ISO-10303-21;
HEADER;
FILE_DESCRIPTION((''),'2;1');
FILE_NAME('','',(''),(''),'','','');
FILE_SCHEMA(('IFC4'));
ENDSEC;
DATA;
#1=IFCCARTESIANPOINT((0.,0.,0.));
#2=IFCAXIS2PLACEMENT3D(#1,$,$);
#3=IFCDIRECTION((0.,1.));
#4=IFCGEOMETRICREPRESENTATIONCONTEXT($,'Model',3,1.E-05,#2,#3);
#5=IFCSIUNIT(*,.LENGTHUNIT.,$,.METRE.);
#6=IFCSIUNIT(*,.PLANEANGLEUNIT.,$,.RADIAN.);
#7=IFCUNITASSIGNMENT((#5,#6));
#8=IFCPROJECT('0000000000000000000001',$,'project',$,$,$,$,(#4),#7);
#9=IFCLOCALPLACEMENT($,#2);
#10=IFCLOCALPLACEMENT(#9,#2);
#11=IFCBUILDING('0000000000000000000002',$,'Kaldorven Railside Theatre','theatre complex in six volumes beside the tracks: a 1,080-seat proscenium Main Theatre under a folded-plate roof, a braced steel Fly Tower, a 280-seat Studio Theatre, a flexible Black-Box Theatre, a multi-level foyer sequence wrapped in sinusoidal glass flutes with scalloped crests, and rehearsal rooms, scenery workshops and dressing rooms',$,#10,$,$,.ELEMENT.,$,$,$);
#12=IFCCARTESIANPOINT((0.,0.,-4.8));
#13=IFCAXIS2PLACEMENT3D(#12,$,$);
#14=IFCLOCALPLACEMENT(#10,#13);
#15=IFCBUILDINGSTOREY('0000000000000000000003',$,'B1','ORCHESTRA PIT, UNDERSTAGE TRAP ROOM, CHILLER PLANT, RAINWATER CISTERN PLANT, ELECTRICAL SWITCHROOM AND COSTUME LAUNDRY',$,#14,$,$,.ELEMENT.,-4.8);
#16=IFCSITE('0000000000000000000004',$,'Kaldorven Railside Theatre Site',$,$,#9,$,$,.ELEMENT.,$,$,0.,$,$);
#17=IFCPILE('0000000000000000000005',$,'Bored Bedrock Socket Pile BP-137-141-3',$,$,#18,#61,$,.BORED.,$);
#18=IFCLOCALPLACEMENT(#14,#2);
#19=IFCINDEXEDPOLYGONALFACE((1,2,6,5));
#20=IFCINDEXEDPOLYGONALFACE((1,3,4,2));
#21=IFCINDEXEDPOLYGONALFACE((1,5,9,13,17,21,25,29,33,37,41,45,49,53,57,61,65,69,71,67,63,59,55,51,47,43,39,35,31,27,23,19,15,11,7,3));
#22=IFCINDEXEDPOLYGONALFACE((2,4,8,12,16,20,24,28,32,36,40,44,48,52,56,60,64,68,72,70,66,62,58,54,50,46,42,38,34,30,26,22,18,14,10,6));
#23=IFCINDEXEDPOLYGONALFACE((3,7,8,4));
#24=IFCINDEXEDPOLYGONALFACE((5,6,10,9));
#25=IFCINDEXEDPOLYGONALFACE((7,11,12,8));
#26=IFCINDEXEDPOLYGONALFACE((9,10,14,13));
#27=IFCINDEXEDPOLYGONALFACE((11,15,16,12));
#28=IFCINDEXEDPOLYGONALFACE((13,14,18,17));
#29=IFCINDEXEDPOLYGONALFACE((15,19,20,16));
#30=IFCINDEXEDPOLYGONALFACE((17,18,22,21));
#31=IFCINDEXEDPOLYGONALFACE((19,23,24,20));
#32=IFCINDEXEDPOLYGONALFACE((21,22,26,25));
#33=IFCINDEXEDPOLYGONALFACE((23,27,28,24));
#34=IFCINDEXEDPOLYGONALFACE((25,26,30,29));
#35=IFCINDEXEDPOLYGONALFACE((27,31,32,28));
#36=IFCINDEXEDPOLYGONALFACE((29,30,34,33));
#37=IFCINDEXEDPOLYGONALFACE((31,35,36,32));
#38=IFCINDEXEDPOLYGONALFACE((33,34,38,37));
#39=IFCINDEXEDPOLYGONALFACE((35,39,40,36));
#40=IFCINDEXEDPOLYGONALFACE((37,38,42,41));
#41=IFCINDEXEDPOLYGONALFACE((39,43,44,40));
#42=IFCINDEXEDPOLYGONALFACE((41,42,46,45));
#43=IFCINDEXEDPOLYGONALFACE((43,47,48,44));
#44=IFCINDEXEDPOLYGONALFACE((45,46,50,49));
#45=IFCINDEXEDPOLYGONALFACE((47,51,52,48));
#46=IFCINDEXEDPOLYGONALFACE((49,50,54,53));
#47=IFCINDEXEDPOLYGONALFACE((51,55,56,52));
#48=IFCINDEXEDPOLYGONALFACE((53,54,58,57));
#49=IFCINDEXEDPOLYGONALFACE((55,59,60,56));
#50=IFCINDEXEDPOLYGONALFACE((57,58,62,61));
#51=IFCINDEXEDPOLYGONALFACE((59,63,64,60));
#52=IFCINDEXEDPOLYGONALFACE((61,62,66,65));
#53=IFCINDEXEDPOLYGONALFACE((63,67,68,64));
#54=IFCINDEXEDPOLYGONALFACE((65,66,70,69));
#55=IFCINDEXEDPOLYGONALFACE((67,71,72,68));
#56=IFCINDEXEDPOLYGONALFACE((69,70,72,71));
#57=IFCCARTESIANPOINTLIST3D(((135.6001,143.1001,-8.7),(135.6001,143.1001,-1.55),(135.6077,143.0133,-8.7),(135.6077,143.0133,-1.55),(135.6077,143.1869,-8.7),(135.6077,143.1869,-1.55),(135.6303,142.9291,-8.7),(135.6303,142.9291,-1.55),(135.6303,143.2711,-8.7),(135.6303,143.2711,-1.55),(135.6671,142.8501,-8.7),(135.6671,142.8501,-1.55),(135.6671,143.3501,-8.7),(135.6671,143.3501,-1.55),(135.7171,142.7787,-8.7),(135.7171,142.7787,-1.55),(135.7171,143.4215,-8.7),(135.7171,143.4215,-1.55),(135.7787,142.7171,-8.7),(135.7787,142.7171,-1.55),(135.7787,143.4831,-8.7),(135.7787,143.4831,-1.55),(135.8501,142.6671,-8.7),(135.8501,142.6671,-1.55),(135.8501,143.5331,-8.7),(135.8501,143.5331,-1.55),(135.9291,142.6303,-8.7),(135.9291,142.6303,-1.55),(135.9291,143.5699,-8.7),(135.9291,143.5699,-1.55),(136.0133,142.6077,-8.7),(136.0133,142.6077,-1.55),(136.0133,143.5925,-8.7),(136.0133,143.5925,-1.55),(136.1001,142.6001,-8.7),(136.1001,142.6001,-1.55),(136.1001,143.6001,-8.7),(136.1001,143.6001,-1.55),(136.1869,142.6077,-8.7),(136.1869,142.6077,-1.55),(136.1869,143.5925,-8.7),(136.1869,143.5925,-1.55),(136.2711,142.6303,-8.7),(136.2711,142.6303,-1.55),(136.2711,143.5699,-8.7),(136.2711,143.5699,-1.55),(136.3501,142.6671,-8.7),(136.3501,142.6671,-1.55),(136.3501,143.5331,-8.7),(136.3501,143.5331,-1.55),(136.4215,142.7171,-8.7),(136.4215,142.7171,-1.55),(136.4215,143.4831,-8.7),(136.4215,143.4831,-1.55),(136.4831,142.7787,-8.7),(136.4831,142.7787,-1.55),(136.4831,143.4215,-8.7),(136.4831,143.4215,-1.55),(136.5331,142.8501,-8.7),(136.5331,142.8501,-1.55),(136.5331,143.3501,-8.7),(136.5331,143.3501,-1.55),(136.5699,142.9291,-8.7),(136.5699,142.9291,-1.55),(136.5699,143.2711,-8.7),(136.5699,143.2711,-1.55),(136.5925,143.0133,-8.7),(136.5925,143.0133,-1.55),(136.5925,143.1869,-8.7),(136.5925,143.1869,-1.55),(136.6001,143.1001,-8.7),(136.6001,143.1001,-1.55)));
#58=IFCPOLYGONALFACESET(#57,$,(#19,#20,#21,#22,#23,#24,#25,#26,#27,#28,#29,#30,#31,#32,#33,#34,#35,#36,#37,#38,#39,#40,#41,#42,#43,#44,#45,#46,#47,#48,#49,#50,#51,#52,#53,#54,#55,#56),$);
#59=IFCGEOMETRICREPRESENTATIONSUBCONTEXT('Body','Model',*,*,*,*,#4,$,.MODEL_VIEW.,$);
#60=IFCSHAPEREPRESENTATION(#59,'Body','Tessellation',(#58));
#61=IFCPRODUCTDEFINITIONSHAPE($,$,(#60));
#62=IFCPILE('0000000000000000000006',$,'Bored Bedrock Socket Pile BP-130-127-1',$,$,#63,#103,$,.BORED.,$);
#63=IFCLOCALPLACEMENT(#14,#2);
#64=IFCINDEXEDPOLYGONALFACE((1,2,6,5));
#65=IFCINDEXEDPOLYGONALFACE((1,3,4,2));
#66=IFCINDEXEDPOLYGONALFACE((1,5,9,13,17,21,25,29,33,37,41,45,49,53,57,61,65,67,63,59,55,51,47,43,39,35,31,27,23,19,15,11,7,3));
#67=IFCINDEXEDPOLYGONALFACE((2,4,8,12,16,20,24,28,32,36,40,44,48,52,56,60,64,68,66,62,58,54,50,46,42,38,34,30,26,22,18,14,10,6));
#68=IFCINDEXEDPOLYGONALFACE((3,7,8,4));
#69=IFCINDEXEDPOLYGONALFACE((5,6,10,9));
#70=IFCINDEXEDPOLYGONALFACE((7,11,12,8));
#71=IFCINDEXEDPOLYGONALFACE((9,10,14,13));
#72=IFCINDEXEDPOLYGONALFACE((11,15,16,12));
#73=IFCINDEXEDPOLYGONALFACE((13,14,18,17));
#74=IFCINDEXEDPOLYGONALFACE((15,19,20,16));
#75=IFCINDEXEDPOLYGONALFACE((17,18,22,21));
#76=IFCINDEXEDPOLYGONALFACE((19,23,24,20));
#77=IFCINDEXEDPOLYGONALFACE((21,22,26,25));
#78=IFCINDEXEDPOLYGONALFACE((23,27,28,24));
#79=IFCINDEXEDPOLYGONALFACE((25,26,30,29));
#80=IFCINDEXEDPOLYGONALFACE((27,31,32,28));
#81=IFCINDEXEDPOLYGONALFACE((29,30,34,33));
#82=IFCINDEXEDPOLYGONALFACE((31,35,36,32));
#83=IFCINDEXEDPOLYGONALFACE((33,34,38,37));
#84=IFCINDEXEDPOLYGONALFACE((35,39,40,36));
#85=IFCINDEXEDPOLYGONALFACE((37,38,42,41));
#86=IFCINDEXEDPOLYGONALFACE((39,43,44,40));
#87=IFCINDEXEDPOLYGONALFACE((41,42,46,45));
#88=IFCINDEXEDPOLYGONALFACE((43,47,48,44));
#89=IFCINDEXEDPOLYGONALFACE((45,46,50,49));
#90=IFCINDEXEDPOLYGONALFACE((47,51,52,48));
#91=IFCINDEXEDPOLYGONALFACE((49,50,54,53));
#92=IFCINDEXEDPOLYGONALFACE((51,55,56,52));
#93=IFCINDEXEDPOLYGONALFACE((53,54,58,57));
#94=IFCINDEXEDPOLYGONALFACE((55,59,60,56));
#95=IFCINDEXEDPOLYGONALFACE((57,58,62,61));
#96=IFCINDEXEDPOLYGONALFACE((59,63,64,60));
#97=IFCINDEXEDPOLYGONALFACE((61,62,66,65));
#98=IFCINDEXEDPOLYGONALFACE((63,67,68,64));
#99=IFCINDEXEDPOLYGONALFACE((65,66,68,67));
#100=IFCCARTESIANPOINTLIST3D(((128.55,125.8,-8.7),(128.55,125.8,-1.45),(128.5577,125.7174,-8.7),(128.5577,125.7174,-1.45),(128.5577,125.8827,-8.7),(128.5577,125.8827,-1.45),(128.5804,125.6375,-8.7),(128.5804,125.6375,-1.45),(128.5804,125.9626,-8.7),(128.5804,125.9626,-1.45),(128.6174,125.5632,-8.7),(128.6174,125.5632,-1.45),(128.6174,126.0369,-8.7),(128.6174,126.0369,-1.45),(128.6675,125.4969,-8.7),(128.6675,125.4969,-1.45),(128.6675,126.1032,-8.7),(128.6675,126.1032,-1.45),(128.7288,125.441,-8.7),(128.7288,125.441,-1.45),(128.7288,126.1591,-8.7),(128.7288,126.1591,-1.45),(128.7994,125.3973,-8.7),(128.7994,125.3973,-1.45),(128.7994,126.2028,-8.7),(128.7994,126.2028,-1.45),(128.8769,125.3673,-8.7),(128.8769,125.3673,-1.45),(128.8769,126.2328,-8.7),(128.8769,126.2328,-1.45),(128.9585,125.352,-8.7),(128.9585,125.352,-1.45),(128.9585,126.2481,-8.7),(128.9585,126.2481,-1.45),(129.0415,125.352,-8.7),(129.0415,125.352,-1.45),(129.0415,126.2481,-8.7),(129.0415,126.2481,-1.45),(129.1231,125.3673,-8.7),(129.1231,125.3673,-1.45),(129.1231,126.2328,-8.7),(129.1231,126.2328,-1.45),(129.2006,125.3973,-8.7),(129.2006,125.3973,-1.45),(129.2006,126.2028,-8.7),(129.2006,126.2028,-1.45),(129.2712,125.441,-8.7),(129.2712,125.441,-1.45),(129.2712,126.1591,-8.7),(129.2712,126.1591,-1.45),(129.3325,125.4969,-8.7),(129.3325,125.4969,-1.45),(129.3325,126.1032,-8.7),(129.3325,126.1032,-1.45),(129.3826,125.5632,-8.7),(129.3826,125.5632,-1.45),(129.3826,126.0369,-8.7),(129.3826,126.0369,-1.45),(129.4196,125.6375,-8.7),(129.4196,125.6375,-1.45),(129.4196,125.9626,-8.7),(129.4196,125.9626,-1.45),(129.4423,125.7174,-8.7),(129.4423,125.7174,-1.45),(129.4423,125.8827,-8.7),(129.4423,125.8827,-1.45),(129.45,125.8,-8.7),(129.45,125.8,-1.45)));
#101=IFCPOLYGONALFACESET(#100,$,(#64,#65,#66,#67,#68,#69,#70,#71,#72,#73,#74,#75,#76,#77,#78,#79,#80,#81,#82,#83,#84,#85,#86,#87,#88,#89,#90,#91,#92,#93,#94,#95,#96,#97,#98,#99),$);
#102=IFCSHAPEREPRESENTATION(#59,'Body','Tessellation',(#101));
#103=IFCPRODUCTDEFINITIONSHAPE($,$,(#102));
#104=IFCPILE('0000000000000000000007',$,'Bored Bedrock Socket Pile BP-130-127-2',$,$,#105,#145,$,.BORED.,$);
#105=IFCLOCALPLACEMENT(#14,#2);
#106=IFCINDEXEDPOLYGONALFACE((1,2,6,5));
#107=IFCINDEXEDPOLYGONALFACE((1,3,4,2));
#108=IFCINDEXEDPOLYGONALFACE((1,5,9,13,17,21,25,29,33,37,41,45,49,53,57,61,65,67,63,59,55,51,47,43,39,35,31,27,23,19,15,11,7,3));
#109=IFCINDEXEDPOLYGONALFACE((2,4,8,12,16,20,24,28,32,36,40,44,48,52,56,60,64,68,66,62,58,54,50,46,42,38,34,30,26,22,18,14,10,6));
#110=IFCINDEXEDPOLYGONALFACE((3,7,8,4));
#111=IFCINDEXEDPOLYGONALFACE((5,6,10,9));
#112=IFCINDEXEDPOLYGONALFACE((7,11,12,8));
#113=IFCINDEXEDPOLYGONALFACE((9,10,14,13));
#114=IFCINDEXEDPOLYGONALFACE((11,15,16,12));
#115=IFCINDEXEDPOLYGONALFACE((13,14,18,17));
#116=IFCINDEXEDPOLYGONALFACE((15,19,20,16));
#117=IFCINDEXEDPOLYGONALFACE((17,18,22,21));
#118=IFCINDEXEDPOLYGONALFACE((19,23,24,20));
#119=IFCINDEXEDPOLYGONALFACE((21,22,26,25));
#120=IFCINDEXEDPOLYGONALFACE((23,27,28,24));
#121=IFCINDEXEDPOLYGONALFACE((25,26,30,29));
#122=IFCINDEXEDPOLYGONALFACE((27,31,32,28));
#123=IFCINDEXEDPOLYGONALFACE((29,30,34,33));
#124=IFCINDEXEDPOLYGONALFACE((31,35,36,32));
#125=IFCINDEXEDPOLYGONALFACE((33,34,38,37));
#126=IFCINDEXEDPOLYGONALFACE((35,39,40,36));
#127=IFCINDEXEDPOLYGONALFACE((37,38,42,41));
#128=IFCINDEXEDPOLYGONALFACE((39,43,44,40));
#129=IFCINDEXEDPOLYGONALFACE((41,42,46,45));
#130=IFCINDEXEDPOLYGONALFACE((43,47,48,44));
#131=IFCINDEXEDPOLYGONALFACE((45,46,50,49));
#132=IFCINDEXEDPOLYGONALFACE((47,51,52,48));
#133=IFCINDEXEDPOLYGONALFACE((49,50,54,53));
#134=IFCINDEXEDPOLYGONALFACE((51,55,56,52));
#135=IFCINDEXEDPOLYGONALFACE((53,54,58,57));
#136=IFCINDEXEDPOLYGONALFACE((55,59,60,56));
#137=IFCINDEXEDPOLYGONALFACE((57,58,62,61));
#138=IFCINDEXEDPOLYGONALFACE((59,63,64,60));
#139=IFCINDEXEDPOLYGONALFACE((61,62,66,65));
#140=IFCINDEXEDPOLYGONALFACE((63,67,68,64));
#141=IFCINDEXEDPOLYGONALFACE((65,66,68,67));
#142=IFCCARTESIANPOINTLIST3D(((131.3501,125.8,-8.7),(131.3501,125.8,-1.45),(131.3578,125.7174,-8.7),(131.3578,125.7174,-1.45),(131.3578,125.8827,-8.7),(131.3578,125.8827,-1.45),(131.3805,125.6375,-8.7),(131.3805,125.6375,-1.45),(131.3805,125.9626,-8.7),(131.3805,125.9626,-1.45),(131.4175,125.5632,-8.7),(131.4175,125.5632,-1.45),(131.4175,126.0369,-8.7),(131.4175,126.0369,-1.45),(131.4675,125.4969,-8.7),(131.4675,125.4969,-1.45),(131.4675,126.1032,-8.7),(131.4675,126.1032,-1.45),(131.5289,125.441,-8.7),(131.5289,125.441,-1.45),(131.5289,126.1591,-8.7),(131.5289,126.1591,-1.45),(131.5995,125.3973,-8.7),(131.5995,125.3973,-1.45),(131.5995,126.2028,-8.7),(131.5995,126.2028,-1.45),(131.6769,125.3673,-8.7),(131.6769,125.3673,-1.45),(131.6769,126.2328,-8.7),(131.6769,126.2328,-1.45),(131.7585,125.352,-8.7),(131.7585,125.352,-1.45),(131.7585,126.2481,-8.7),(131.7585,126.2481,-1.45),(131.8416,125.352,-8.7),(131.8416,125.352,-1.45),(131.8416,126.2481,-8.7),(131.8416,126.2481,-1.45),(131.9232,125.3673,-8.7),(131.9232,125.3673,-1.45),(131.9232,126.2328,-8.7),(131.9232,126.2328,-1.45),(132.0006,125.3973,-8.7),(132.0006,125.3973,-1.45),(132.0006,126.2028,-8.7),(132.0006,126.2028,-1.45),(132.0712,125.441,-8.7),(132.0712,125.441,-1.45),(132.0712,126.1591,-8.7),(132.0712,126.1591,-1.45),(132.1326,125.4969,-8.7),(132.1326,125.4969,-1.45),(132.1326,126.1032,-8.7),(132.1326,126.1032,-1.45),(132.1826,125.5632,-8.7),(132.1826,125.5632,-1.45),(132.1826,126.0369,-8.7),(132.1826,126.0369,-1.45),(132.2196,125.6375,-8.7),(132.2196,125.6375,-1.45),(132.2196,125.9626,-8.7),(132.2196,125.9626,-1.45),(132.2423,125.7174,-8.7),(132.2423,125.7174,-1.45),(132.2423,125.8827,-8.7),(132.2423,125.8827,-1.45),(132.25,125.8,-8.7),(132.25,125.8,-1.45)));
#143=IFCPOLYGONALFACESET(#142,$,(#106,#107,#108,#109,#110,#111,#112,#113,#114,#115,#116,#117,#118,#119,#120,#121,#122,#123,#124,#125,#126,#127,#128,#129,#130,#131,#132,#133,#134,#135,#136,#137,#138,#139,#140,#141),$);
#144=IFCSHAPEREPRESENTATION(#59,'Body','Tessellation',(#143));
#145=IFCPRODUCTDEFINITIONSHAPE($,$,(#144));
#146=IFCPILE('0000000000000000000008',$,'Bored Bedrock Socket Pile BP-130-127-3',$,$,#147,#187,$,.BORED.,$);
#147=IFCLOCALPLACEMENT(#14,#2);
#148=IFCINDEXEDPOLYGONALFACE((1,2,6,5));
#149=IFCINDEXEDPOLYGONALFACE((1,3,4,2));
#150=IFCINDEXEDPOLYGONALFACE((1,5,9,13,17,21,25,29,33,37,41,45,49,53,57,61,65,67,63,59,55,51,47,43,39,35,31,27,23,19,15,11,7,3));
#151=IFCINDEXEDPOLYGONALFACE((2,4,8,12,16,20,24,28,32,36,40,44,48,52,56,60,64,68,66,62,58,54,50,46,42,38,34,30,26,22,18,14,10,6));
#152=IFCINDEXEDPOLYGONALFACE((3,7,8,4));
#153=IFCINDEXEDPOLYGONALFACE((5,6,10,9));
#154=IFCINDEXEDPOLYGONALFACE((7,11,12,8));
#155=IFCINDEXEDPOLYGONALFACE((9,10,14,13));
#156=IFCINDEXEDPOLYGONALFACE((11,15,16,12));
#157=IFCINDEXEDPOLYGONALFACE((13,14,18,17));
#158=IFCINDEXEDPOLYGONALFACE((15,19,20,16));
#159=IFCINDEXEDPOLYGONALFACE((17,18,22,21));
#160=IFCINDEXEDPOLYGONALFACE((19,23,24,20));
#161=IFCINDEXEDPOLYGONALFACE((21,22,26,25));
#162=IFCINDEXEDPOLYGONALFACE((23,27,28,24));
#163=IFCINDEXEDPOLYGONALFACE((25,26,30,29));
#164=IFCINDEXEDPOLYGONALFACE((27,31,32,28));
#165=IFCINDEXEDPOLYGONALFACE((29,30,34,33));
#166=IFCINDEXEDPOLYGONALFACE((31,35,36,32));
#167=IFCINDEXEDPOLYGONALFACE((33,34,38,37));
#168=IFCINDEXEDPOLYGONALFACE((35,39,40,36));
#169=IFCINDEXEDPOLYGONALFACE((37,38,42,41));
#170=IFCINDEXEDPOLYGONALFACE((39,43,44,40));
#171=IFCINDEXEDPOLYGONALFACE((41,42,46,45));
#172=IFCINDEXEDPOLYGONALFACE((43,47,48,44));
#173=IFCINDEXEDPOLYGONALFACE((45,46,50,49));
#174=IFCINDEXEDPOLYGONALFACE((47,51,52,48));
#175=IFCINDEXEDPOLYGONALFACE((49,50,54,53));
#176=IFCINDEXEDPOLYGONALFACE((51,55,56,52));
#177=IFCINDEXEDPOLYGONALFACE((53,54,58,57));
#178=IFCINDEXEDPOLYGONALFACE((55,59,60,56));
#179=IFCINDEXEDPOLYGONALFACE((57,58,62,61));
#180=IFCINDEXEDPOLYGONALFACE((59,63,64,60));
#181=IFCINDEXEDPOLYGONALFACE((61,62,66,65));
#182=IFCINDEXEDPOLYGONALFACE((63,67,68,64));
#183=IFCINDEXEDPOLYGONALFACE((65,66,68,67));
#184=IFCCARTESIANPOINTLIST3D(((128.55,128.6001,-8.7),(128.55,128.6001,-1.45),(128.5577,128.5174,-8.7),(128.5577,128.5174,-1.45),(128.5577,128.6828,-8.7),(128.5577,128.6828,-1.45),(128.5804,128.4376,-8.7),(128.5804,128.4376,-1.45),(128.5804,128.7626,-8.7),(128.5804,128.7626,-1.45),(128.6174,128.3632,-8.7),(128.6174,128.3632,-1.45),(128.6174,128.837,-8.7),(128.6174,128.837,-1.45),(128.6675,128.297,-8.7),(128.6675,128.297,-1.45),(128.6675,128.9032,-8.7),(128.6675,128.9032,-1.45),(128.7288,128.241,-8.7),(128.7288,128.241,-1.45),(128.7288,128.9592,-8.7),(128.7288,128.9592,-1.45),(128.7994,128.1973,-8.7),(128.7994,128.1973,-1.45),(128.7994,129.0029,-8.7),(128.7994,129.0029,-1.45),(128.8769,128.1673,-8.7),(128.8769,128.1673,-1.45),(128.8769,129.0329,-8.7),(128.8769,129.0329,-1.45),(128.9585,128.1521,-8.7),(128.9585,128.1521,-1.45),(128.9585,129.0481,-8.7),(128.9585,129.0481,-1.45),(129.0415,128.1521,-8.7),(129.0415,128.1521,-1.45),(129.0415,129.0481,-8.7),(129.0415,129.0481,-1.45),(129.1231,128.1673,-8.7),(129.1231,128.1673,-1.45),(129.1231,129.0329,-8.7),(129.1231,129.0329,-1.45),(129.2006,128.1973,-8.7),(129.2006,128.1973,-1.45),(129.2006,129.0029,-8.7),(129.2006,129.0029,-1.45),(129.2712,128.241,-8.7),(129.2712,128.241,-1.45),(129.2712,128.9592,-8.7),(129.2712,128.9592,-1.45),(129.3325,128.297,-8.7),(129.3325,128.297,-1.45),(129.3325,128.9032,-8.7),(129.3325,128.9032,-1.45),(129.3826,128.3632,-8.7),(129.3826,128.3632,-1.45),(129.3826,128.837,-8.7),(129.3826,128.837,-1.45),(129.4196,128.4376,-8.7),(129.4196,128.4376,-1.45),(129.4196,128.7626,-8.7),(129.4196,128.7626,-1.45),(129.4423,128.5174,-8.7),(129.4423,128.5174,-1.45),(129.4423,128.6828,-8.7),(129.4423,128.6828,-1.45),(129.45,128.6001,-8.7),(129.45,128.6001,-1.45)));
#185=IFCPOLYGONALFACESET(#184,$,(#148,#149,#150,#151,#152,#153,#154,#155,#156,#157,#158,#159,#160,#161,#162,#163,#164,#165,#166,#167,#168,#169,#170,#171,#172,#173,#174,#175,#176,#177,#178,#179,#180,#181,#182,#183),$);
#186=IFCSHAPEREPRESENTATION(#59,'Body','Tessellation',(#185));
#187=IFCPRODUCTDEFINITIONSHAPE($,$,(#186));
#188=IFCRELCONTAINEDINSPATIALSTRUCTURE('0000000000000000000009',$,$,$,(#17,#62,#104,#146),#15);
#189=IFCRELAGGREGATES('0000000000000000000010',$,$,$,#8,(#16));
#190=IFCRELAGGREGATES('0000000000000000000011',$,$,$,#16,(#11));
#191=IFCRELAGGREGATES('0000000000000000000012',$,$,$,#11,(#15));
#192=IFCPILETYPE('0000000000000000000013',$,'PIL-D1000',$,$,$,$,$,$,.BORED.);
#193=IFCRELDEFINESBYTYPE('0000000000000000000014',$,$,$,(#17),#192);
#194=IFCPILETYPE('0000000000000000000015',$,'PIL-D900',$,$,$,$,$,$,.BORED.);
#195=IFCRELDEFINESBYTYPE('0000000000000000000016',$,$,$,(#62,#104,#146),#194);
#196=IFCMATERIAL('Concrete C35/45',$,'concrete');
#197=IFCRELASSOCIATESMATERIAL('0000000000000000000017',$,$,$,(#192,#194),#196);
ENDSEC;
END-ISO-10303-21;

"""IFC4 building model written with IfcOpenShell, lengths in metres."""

from ifc_helpers import new_model, si_unit, direction, frame, origin, origin_2d, place, context, subcontext, project, spatial, circle, extrude, material, material_profile, profile_set, type_object, element, save


model = new_model("IFC4")

# Units and contexts
model_context = context("Model", 3, precision=1e-05, world=origin(), true_north=direction((0.0, 1.0)))
body_context = subcontext(model_context, "Body", "Model", "MODEL_VIEW")
ifc_project = project(units=[si_unit("LENGTHUNIT", "METRE"), si_unit("PLANEANGLEUNIT", "RADIAN")], contexts=[model_context])

# Site, building, storey
site_placement = place(None, origin())
site = spatial("IfcSite", under=ifc_project, at=site_placement, Name="Kaldorven Railside Theatre Site", CompositionType="ELEMENT", RefElevation=0.0)
building_placement = place(site_placement, origin())
building = spatial("IfcBuilding", under=site, at=building_placement, Name="Kaldorven Railside Theatre", Description="theatre complex in six volumes beside the tracks: a 1,080-seat proscenium Main Theatre under a folded-plate roof, a braced steel Fly Tower, a 280-seat Studio Theatre, a flexible Black-Box Theatre, a multi-level foyer sequence wrapped in sinusoidal glass flutes with scalloped crests, and rehearsal rooms, scenery workshops and dressing rooms", CompositionType="ELEMENT")
storey_placement = place(building_placement, frame((0.0, 0.0, -4.8)))
storey = spatial("IfcBuildingStorey", under=building, at=storey_placement, Name="B1", Description="ORCHESTRA PIT, UNDERSTAGE TRAP ROOM, CHILLER PLANT, RAINWATER CISTERN PLANT, ELECTRICAL SWITCHROOM AND COSTUME LAUNDRY", CompositionType="ELEMENT", Elevation=-4.8)

# Piles
ifc_material_1 = material(Name="Concrete C35/45", Category="concrete")
ifc_material_profile_1 = material_profile(ifc_material_1, circle(Radius=0.5, at=origin_2d()), Name="BP D1000")
ifc_profile_set_1 = profile_set([ifc_material_profile_1], Name="Concrete C35/45")
pile_type_1 = type_object("IfcPileType", Name="PIL-D1000", PredefinedType="BORED", material=ifc_profile_set_1)
for number, where, z_axis, x_axis, name in (
    (1, (136.1001, 143.1001, -1.55), (0.0, 0.0, -1.0), (1.0, 0.0, 0.0), "Bored Bedrock Socket Pile BP-137-141-3"),
):
    element("IfcPile", number, at=place(storey_placement, frame(where, z_axis=z_axis, x_axis=x_axis)), inside=storey, type_object=pile_type_1, Name=name, PredefinedType="BORED", context=body_context, shape_type="SweptSolid", body=[
        extrude(circle(Radius=0.5, at=origin_2d()), origin(), (0.0, 0.0, 1.0), 7.1499),
    ])
ifc_material_profile_2 = material_profile(ifc_material_1, circle(Radius=0.45, at=origin_2d()), Name="BP D900")
ifc_profile_set_2 = profile_set([ifc_material_profile_2], Name="Concrete C35/45")
pile_type_2 = type_object("IfcPileType", Name="PIL-D900", PredefinedType="BORED", material=ifc_profile_set_2)
for number, where, z_axis, x_axis, name in (
    (2, (129.0, 125.8, -1.45), (0.0, 0.0, -1.0), (1.0, 0.0, 0.0), "Bored Bedrock Socket Pile BP-130-127-1"),
    (3, (131.8, 125.8, -1.45), (0.0, 0.0, -1.0), (1.0, 0.0, 0.0), "Bored Bedrock Socket Pile BP-130-127-2"),
    (4, (129.0, 128.6001, -1.45), (0.0, 0.0, -1.0), (1.0, 0.0, 0.0), "Bored Bedrock Socket Pile BP-130-127-3"),
):
    element("IfcPile", number, at=place(storey_placement, frame(where, z_axis=z_axis, x_axis=x_axis)), inside=storey, type_object=pile_type_2, Name=name, PredefinedType="BORED", context=body_context, shape_type="SweptSolid", body=[
        extrude(circle(Radius=0.45, at=origin_2d()), origin(), (0.0, 0.0, 1.0), 7.25),
    ])

save(model, "model.ifc")
